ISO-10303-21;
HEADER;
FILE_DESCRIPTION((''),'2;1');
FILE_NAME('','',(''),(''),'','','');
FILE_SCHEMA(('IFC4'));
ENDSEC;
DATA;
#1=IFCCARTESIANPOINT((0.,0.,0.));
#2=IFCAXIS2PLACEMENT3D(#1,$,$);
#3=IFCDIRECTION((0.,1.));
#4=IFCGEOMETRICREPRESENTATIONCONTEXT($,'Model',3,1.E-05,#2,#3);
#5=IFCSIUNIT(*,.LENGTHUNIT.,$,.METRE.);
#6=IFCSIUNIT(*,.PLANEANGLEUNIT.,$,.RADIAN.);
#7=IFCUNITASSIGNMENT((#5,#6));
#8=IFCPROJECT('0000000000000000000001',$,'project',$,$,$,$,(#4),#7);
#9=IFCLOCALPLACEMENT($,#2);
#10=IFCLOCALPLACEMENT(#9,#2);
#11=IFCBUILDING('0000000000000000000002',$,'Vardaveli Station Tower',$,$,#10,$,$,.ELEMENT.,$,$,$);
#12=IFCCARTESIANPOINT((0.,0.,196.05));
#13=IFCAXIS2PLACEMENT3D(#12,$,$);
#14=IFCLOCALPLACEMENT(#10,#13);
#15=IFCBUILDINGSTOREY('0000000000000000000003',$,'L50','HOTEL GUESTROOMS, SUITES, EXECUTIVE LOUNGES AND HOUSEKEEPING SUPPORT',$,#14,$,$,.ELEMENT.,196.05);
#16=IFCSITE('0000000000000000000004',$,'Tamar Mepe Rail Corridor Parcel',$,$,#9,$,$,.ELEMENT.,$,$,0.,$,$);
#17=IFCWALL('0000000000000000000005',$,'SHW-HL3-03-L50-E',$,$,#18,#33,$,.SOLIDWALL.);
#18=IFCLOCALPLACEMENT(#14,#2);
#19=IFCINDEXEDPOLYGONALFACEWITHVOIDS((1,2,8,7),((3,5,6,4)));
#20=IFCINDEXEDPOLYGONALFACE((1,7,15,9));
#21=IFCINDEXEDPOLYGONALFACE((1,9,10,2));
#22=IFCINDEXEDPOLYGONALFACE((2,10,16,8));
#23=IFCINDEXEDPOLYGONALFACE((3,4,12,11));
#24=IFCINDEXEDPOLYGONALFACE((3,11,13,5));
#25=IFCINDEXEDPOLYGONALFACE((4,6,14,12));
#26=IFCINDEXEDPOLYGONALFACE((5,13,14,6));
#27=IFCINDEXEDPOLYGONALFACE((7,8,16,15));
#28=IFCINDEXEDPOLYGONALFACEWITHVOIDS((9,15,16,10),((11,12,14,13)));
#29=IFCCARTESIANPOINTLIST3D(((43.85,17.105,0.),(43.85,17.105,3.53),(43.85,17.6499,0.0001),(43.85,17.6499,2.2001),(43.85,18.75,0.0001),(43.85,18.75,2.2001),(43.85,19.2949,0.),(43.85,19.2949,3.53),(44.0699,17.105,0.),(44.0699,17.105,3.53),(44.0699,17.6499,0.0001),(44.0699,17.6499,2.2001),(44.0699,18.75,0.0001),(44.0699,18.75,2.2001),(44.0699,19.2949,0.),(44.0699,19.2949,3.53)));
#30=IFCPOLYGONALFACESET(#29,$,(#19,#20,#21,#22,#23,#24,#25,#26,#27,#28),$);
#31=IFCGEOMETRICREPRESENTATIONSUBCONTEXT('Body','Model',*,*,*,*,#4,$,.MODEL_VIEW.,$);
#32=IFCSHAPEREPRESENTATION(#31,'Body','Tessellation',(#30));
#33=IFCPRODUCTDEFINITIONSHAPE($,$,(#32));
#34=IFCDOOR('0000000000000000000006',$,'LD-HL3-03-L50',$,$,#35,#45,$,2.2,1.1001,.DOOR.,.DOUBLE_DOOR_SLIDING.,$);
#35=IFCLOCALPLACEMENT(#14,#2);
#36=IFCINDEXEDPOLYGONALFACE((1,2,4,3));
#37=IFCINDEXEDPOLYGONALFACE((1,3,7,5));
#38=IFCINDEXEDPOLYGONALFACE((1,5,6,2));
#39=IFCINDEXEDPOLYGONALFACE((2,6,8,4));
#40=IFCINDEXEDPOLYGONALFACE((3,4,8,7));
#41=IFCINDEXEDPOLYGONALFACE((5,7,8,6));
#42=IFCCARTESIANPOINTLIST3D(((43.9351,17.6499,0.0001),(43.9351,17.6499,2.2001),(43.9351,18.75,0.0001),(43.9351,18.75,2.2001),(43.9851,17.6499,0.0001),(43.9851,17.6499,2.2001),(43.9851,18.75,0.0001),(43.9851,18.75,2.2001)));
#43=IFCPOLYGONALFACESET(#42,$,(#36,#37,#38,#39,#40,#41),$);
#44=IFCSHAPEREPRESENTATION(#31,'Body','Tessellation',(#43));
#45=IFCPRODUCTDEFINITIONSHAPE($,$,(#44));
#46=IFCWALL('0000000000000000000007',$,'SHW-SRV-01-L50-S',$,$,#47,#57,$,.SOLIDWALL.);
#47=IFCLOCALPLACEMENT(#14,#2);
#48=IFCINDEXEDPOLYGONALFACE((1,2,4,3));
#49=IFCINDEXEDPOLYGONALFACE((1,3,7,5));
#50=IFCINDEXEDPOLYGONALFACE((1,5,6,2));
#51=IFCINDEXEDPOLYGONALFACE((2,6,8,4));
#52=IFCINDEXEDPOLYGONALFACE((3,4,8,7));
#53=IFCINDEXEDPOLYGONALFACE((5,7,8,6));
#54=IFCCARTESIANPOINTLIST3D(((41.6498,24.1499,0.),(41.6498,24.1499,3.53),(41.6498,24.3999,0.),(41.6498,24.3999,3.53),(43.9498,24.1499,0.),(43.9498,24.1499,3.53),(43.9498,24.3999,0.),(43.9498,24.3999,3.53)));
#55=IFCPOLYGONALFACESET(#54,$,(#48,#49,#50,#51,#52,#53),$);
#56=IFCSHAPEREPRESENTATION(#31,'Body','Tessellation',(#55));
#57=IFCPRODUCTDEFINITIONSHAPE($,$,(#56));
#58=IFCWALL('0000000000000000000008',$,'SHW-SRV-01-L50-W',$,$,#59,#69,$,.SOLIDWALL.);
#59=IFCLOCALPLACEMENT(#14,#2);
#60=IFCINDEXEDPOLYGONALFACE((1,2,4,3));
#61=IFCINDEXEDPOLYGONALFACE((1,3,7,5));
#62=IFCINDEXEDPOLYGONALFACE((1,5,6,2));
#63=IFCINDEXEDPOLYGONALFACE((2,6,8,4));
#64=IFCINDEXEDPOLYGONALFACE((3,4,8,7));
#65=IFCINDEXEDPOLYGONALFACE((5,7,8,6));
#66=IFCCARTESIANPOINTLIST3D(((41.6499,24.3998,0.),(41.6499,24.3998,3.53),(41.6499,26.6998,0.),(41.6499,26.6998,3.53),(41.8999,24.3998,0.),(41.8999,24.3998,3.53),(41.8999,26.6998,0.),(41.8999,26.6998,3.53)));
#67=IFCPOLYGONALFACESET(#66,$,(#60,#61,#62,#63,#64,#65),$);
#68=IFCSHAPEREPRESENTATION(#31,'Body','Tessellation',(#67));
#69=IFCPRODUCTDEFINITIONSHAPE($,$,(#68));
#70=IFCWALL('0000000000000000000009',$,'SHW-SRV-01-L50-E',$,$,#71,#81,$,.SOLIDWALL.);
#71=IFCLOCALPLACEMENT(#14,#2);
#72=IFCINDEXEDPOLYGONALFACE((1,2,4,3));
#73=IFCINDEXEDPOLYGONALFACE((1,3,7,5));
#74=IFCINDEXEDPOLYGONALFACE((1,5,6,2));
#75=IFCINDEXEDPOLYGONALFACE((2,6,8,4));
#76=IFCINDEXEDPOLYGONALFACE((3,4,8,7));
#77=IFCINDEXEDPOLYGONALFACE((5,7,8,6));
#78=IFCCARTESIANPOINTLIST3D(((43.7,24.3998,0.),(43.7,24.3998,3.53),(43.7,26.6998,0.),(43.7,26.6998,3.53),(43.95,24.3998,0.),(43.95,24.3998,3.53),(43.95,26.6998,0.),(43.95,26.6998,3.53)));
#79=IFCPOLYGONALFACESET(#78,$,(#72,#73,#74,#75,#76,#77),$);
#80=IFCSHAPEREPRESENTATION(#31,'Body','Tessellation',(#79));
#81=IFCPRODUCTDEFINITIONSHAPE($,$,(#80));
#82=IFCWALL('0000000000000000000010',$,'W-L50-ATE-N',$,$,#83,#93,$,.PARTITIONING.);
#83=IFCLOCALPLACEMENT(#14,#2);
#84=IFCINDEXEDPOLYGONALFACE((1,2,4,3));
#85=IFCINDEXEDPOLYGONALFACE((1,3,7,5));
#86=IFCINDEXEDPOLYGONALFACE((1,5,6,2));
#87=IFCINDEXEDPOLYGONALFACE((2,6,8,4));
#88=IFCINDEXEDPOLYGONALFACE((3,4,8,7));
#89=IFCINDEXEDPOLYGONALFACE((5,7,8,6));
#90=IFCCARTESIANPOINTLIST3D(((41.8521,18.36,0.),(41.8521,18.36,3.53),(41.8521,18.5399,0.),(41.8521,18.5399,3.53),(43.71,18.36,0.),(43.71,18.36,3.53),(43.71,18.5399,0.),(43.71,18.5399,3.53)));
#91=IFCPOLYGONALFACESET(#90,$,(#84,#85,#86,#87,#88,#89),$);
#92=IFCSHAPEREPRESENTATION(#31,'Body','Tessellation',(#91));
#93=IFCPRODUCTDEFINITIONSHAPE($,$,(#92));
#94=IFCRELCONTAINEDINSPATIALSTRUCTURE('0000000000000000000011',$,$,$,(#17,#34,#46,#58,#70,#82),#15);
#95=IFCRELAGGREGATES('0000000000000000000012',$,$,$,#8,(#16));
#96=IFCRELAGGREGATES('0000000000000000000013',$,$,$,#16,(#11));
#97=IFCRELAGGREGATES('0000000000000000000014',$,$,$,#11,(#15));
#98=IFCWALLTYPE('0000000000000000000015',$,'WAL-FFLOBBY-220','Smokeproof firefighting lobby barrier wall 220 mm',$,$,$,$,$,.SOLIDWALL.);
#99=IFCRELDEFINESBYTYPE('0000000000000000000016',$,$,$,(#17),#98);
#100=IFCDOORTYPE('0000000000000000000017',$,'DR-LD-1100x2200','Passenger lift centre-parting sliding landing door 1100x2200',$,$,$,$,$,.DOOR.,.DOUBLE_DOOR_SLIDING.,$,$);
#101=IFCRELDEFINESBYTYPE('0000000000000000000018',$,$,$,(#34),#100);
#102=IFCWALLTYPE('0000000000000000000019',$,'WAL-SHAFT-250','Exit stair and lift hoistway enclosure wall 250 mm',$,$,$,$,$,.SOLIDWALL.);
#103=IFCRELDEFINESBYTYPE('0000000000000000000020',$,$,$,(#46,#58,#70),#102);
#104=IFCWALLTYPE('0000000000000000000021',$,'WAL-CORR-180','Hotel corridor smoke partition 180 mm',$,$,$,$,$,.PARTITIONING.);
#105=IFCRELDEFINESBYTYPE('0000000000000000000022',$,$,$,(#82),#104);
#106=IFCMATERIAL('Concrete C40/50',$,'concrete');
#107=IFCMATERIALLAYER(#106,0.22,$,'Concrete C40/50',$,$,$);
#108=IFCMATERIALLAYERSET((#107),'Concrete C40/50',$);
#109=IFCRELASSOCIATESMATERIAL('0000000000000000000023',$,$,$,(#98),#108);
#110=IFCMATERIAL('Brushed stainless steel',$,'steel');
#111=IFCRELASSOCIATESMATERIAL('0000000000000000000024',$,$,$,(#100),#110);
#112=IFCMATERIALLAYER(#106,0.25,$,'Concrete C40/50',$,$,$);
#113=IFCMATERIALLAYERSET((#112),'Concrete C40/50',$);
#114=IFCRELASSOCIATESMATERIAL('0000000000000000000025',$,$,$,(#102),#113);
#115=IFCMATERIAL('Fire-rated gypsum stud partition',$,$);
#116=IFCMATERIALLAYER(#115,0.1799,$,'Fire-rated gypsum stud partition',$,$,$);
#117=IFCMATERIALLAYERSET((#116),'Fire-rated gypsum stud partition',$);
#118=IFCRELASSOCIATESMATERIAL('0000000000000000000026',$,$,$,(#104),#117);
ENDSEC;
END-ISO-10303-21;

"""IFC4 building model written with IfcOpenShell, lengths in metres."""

from ifc_helpers import new_model, si_unit, direction, frame, frame_2d, origin, place, context, subcontext, project, spatial, rectangle, extrude, source, transform, mapped, material, layer, layer_set, type_object, element, fill, save


model = new_model("IFC4")

# Units and contexts
model_context = context("Model", 3, precision=1e-05, world=origin(), true_north=direction((0.0, 1.0)))
body_context = subcontext(model_context, "Body", "Model", "MODEL_VIEW")
ifc_project = project(units=[si_unit("LENGTHUNIT", "METRE"), si_unit("PLANEANGLEUNIT", "RADIAN")], contexts=[model_context])

# Site, building, storey
site_placement = place(None, origin())
site = spatial("IfcSite", under=ifc_project, at=site_placement, Name="Tamar Mepe Rail Corridor Parcel", CompositionType="ELEMENT", RefElevation=0.0)
building_placement = place(site_placement, origin())
building = spatial("IfcBuilding", under=site, at=building_placement, Name="Vardaveli Station Tower", CompositionType="ELEMENT")
storey_placement = place(building_placement, frame((0.0, 0.0, 196.05)))
storey = spatial("IfcBuildingStorey", under=building, at=storey_placement, Name="L50", Description="HOTEL GUESTROOMS, SUITES, EXECUTIVE LOUNGES AND HOUSEKEEPING SUPPORT", CompositionType="ELEMENT", Elevation=196.05)

# Shared definitions
ifc_material_1 = material(Name="Concrete C40/50", Category="concrete")
ifc_layer_1 = layer(ifc_material_1, 0.22, Name="Concrete C40/50")
ifc_layer_set_1 = layer_set([ifc_layer_1], Name="Concrete C40/50")
wall_type_1 = type_object("IfcWallType", Name="WAL-FFLOBBY-220", Description="Smokeproof firefighting lobby barrier wall 220 mm", PredefinedType="SOLIDWALL", material=ifc_layer_set_1)
shared_shape_1 = source(origin(), body_context, "Body", "SweptSolid", [
    extrude(rectangle(XDim=2.1899, YDim=0.22, at=frame_2d((1.095, 0.0))), origin(), (0.0, 0.0, 1.0), 3.53),
])

# Wall, opening, door
wall_1_placement = place(storey_placement, frame((43.96, 17.105, 0.0), z_axis=(0.0, 0.0, 1.0), x_axis=(0.0, 1.0, 0.0)))
wall_1 = element("IfcWall", 1, at=wall_1_placement, inside=storey, type_object=wall_type_1, Name="SHW-HL3-03-L50-E", PredefinedType="SOLIDWALL", context=body_context, shape_type="MappedRepresentation", body=[
    mapped(shared_shape_1, transform((0.0, 0.0, 0.0), scale=1.0)),
])
shared_shape_2 = source(origin(), body_context, "Body", "SweptSolid", [
    extrude(rectangle(XDim=1.1001, YDim=2.2, at=frame_2d((0.55, 1.1001))), frame((0.0, 0.1201, 0.0), z_axis=(0.0, -1.0, 0.0), x_axis=(1.0, 0.0, 0.0)), (0.0, 0.0, 1.0), 0.24),
])
opening_placement = place(wall_1_placement, frame((0.5449, 0.0, 0.0)))
opening = element("IfcOpeningElement", 2, at=opening_placement, cuts=wall_1, PredefinedType="OPENING", context=body_context, shape_type="MappedRepresentation", body=[
    mapped(shared_shape_2, transform((0.0, 0.0, 0.0), scale=1.0)),
])
ifc_material_2 = material(Name="Brushed stainless steel", Category="steel")
door_type = type_object("IfcDoorType", Name="DR-LD-1100x2200", Description="Passenger lift centre-parting sliding landing door 1100x2200", OperationType="DOUBLE_DOOR_SLIDING", PredefinedType="DOOR", material=ifc_material_2)
shared_shape_3 = source(origin(), body_context, "Body", "SweptSolid", [
    extrude(rectangle(XDim=1.1001, YDim=2.2, at=frame_2d((0.55, 1.1001))), frame((0.0, 0.0249, 0.0), z_axis=(0.0, -1.0, 0.0), x_axis=(1.0, 0.0, 0.0)), (0.0, 0.0, 1.0), 0.05),
])
door_placement = place(opening_placement, origin())
door = element("IfcDoor", 3, at=door_placement, inside=storey, type_object=door_type, Name="LD-HL3-03-L50", OperationType="DOUBLE_DOOR_SLIDING", OverallHeight=2.2, OverallWidth=1.1001, PredefinedType="DOOR", context=body_context, shape_type="MappedRepresentation", body=[
    mapped(shared_shape_3, transform((0.0, 0.0, 0.0), scale=1.0)),
])
fill(opening, door)

# Walls
ifc_layer_2 = layer(ifc_material_1, 0.25, Name="Concrete C40/50")
ifc_layer_set_2 = layer_set([ifc_layer_2], Name="Concrete C40/50")
wall_type_2 = type_object("IfcWallType", Name="WAL-SHAFT-250", Description="Exit stair and lift hoistway enclosure wall 250 mm", PredefinedType="SOLIDWALL", material=ifc_layer_set_2)
shared_shape_4 = source(origin(), body_context, "Body", "SweptSolid", [
    extrude(rectangle(XDim=2.3, YDim=0.25, at=frame_2d((1.1499, 0.0))), origin(), (0.0, 0.0, 1.0), 3.53),
])
for number, where, z_axis, x_axis, name in (
    (4, (41.6499, 24.2749, 0.0), (0.0, 0.0, 1.0), (1.0, 0.0, 0.0), "SHW-SRV-01-L50-S"),
    (5, (41.7749, 24.3999, 0.0), (0.0, 0.0, 1.0), (0.0, 1.0, 0.0), "SHW-SRV-01-L50-W"),
    (6, (43.825, 24.3999, 0.0), (0.0, 0.0, 1.0), (0.0, 1.0, 0.0), "SHW-SRV-01-L50-E"),
):
    element("IfcWall", number, at=place(storey_placement, frame(where, z_axis=z_axis, x_axis=x_axis)), inside=storey, type_object=wall_type_2, Name=name, PredefinedType="SOLIDWALL", context=body_context, shape_type="MappedRepresentation", body=[
        mapped(shared_shape_4, transform((0.0, 0.0, 0.0), scale=1.0)),
    ])
ifc_material_3 = material(Name="Fire-rated gypsum stud partition")
ifc_layer_3 = layer(ifc_material_3, 0.1799, Name="Fire-rated gypsum stud partition")
ifc_layer_set_3 = layer_set([ifc_layer_3], Name="Fire-rated gypsum stud partition")
wall_type_3 = type_object("IfcWallType", Name="WAL-CORR-180", Description="Hotel corridor smoke partition 180 mm", PredefinedType="PARTITIONING", material=ifc_layer_set_3)
shared_shape_5 = source(origin(), body_context, "Body", "SweptSolid", [
    extrude(rectangle(XDim=1.8579, YDim=0.1799, at=frame_2d((0.929, 0.0))), origin(), (0.0, 0.0, 1.0), 3.53),
])
wall_2_placement = place(storey_placement, frame((41.8521, 18.45, 0.0), z_axis=(0.0, 0.0, 1.0), x_axis=(1.0, 0.0, 0.0)))
element("IfcWall", 7, at=wall_2_placement, inside=storey, type_object=wall_type_3, Name="W-L50-ATE-N", PredefinedType="PARTITIONING", context=body_context, shape_type="MappedRepresentation", body=[
    mapped(shared_shape_5, transform((0.0, 0.0, 0.0), scale=1.0)),
])

save(model, "model.ifc")
